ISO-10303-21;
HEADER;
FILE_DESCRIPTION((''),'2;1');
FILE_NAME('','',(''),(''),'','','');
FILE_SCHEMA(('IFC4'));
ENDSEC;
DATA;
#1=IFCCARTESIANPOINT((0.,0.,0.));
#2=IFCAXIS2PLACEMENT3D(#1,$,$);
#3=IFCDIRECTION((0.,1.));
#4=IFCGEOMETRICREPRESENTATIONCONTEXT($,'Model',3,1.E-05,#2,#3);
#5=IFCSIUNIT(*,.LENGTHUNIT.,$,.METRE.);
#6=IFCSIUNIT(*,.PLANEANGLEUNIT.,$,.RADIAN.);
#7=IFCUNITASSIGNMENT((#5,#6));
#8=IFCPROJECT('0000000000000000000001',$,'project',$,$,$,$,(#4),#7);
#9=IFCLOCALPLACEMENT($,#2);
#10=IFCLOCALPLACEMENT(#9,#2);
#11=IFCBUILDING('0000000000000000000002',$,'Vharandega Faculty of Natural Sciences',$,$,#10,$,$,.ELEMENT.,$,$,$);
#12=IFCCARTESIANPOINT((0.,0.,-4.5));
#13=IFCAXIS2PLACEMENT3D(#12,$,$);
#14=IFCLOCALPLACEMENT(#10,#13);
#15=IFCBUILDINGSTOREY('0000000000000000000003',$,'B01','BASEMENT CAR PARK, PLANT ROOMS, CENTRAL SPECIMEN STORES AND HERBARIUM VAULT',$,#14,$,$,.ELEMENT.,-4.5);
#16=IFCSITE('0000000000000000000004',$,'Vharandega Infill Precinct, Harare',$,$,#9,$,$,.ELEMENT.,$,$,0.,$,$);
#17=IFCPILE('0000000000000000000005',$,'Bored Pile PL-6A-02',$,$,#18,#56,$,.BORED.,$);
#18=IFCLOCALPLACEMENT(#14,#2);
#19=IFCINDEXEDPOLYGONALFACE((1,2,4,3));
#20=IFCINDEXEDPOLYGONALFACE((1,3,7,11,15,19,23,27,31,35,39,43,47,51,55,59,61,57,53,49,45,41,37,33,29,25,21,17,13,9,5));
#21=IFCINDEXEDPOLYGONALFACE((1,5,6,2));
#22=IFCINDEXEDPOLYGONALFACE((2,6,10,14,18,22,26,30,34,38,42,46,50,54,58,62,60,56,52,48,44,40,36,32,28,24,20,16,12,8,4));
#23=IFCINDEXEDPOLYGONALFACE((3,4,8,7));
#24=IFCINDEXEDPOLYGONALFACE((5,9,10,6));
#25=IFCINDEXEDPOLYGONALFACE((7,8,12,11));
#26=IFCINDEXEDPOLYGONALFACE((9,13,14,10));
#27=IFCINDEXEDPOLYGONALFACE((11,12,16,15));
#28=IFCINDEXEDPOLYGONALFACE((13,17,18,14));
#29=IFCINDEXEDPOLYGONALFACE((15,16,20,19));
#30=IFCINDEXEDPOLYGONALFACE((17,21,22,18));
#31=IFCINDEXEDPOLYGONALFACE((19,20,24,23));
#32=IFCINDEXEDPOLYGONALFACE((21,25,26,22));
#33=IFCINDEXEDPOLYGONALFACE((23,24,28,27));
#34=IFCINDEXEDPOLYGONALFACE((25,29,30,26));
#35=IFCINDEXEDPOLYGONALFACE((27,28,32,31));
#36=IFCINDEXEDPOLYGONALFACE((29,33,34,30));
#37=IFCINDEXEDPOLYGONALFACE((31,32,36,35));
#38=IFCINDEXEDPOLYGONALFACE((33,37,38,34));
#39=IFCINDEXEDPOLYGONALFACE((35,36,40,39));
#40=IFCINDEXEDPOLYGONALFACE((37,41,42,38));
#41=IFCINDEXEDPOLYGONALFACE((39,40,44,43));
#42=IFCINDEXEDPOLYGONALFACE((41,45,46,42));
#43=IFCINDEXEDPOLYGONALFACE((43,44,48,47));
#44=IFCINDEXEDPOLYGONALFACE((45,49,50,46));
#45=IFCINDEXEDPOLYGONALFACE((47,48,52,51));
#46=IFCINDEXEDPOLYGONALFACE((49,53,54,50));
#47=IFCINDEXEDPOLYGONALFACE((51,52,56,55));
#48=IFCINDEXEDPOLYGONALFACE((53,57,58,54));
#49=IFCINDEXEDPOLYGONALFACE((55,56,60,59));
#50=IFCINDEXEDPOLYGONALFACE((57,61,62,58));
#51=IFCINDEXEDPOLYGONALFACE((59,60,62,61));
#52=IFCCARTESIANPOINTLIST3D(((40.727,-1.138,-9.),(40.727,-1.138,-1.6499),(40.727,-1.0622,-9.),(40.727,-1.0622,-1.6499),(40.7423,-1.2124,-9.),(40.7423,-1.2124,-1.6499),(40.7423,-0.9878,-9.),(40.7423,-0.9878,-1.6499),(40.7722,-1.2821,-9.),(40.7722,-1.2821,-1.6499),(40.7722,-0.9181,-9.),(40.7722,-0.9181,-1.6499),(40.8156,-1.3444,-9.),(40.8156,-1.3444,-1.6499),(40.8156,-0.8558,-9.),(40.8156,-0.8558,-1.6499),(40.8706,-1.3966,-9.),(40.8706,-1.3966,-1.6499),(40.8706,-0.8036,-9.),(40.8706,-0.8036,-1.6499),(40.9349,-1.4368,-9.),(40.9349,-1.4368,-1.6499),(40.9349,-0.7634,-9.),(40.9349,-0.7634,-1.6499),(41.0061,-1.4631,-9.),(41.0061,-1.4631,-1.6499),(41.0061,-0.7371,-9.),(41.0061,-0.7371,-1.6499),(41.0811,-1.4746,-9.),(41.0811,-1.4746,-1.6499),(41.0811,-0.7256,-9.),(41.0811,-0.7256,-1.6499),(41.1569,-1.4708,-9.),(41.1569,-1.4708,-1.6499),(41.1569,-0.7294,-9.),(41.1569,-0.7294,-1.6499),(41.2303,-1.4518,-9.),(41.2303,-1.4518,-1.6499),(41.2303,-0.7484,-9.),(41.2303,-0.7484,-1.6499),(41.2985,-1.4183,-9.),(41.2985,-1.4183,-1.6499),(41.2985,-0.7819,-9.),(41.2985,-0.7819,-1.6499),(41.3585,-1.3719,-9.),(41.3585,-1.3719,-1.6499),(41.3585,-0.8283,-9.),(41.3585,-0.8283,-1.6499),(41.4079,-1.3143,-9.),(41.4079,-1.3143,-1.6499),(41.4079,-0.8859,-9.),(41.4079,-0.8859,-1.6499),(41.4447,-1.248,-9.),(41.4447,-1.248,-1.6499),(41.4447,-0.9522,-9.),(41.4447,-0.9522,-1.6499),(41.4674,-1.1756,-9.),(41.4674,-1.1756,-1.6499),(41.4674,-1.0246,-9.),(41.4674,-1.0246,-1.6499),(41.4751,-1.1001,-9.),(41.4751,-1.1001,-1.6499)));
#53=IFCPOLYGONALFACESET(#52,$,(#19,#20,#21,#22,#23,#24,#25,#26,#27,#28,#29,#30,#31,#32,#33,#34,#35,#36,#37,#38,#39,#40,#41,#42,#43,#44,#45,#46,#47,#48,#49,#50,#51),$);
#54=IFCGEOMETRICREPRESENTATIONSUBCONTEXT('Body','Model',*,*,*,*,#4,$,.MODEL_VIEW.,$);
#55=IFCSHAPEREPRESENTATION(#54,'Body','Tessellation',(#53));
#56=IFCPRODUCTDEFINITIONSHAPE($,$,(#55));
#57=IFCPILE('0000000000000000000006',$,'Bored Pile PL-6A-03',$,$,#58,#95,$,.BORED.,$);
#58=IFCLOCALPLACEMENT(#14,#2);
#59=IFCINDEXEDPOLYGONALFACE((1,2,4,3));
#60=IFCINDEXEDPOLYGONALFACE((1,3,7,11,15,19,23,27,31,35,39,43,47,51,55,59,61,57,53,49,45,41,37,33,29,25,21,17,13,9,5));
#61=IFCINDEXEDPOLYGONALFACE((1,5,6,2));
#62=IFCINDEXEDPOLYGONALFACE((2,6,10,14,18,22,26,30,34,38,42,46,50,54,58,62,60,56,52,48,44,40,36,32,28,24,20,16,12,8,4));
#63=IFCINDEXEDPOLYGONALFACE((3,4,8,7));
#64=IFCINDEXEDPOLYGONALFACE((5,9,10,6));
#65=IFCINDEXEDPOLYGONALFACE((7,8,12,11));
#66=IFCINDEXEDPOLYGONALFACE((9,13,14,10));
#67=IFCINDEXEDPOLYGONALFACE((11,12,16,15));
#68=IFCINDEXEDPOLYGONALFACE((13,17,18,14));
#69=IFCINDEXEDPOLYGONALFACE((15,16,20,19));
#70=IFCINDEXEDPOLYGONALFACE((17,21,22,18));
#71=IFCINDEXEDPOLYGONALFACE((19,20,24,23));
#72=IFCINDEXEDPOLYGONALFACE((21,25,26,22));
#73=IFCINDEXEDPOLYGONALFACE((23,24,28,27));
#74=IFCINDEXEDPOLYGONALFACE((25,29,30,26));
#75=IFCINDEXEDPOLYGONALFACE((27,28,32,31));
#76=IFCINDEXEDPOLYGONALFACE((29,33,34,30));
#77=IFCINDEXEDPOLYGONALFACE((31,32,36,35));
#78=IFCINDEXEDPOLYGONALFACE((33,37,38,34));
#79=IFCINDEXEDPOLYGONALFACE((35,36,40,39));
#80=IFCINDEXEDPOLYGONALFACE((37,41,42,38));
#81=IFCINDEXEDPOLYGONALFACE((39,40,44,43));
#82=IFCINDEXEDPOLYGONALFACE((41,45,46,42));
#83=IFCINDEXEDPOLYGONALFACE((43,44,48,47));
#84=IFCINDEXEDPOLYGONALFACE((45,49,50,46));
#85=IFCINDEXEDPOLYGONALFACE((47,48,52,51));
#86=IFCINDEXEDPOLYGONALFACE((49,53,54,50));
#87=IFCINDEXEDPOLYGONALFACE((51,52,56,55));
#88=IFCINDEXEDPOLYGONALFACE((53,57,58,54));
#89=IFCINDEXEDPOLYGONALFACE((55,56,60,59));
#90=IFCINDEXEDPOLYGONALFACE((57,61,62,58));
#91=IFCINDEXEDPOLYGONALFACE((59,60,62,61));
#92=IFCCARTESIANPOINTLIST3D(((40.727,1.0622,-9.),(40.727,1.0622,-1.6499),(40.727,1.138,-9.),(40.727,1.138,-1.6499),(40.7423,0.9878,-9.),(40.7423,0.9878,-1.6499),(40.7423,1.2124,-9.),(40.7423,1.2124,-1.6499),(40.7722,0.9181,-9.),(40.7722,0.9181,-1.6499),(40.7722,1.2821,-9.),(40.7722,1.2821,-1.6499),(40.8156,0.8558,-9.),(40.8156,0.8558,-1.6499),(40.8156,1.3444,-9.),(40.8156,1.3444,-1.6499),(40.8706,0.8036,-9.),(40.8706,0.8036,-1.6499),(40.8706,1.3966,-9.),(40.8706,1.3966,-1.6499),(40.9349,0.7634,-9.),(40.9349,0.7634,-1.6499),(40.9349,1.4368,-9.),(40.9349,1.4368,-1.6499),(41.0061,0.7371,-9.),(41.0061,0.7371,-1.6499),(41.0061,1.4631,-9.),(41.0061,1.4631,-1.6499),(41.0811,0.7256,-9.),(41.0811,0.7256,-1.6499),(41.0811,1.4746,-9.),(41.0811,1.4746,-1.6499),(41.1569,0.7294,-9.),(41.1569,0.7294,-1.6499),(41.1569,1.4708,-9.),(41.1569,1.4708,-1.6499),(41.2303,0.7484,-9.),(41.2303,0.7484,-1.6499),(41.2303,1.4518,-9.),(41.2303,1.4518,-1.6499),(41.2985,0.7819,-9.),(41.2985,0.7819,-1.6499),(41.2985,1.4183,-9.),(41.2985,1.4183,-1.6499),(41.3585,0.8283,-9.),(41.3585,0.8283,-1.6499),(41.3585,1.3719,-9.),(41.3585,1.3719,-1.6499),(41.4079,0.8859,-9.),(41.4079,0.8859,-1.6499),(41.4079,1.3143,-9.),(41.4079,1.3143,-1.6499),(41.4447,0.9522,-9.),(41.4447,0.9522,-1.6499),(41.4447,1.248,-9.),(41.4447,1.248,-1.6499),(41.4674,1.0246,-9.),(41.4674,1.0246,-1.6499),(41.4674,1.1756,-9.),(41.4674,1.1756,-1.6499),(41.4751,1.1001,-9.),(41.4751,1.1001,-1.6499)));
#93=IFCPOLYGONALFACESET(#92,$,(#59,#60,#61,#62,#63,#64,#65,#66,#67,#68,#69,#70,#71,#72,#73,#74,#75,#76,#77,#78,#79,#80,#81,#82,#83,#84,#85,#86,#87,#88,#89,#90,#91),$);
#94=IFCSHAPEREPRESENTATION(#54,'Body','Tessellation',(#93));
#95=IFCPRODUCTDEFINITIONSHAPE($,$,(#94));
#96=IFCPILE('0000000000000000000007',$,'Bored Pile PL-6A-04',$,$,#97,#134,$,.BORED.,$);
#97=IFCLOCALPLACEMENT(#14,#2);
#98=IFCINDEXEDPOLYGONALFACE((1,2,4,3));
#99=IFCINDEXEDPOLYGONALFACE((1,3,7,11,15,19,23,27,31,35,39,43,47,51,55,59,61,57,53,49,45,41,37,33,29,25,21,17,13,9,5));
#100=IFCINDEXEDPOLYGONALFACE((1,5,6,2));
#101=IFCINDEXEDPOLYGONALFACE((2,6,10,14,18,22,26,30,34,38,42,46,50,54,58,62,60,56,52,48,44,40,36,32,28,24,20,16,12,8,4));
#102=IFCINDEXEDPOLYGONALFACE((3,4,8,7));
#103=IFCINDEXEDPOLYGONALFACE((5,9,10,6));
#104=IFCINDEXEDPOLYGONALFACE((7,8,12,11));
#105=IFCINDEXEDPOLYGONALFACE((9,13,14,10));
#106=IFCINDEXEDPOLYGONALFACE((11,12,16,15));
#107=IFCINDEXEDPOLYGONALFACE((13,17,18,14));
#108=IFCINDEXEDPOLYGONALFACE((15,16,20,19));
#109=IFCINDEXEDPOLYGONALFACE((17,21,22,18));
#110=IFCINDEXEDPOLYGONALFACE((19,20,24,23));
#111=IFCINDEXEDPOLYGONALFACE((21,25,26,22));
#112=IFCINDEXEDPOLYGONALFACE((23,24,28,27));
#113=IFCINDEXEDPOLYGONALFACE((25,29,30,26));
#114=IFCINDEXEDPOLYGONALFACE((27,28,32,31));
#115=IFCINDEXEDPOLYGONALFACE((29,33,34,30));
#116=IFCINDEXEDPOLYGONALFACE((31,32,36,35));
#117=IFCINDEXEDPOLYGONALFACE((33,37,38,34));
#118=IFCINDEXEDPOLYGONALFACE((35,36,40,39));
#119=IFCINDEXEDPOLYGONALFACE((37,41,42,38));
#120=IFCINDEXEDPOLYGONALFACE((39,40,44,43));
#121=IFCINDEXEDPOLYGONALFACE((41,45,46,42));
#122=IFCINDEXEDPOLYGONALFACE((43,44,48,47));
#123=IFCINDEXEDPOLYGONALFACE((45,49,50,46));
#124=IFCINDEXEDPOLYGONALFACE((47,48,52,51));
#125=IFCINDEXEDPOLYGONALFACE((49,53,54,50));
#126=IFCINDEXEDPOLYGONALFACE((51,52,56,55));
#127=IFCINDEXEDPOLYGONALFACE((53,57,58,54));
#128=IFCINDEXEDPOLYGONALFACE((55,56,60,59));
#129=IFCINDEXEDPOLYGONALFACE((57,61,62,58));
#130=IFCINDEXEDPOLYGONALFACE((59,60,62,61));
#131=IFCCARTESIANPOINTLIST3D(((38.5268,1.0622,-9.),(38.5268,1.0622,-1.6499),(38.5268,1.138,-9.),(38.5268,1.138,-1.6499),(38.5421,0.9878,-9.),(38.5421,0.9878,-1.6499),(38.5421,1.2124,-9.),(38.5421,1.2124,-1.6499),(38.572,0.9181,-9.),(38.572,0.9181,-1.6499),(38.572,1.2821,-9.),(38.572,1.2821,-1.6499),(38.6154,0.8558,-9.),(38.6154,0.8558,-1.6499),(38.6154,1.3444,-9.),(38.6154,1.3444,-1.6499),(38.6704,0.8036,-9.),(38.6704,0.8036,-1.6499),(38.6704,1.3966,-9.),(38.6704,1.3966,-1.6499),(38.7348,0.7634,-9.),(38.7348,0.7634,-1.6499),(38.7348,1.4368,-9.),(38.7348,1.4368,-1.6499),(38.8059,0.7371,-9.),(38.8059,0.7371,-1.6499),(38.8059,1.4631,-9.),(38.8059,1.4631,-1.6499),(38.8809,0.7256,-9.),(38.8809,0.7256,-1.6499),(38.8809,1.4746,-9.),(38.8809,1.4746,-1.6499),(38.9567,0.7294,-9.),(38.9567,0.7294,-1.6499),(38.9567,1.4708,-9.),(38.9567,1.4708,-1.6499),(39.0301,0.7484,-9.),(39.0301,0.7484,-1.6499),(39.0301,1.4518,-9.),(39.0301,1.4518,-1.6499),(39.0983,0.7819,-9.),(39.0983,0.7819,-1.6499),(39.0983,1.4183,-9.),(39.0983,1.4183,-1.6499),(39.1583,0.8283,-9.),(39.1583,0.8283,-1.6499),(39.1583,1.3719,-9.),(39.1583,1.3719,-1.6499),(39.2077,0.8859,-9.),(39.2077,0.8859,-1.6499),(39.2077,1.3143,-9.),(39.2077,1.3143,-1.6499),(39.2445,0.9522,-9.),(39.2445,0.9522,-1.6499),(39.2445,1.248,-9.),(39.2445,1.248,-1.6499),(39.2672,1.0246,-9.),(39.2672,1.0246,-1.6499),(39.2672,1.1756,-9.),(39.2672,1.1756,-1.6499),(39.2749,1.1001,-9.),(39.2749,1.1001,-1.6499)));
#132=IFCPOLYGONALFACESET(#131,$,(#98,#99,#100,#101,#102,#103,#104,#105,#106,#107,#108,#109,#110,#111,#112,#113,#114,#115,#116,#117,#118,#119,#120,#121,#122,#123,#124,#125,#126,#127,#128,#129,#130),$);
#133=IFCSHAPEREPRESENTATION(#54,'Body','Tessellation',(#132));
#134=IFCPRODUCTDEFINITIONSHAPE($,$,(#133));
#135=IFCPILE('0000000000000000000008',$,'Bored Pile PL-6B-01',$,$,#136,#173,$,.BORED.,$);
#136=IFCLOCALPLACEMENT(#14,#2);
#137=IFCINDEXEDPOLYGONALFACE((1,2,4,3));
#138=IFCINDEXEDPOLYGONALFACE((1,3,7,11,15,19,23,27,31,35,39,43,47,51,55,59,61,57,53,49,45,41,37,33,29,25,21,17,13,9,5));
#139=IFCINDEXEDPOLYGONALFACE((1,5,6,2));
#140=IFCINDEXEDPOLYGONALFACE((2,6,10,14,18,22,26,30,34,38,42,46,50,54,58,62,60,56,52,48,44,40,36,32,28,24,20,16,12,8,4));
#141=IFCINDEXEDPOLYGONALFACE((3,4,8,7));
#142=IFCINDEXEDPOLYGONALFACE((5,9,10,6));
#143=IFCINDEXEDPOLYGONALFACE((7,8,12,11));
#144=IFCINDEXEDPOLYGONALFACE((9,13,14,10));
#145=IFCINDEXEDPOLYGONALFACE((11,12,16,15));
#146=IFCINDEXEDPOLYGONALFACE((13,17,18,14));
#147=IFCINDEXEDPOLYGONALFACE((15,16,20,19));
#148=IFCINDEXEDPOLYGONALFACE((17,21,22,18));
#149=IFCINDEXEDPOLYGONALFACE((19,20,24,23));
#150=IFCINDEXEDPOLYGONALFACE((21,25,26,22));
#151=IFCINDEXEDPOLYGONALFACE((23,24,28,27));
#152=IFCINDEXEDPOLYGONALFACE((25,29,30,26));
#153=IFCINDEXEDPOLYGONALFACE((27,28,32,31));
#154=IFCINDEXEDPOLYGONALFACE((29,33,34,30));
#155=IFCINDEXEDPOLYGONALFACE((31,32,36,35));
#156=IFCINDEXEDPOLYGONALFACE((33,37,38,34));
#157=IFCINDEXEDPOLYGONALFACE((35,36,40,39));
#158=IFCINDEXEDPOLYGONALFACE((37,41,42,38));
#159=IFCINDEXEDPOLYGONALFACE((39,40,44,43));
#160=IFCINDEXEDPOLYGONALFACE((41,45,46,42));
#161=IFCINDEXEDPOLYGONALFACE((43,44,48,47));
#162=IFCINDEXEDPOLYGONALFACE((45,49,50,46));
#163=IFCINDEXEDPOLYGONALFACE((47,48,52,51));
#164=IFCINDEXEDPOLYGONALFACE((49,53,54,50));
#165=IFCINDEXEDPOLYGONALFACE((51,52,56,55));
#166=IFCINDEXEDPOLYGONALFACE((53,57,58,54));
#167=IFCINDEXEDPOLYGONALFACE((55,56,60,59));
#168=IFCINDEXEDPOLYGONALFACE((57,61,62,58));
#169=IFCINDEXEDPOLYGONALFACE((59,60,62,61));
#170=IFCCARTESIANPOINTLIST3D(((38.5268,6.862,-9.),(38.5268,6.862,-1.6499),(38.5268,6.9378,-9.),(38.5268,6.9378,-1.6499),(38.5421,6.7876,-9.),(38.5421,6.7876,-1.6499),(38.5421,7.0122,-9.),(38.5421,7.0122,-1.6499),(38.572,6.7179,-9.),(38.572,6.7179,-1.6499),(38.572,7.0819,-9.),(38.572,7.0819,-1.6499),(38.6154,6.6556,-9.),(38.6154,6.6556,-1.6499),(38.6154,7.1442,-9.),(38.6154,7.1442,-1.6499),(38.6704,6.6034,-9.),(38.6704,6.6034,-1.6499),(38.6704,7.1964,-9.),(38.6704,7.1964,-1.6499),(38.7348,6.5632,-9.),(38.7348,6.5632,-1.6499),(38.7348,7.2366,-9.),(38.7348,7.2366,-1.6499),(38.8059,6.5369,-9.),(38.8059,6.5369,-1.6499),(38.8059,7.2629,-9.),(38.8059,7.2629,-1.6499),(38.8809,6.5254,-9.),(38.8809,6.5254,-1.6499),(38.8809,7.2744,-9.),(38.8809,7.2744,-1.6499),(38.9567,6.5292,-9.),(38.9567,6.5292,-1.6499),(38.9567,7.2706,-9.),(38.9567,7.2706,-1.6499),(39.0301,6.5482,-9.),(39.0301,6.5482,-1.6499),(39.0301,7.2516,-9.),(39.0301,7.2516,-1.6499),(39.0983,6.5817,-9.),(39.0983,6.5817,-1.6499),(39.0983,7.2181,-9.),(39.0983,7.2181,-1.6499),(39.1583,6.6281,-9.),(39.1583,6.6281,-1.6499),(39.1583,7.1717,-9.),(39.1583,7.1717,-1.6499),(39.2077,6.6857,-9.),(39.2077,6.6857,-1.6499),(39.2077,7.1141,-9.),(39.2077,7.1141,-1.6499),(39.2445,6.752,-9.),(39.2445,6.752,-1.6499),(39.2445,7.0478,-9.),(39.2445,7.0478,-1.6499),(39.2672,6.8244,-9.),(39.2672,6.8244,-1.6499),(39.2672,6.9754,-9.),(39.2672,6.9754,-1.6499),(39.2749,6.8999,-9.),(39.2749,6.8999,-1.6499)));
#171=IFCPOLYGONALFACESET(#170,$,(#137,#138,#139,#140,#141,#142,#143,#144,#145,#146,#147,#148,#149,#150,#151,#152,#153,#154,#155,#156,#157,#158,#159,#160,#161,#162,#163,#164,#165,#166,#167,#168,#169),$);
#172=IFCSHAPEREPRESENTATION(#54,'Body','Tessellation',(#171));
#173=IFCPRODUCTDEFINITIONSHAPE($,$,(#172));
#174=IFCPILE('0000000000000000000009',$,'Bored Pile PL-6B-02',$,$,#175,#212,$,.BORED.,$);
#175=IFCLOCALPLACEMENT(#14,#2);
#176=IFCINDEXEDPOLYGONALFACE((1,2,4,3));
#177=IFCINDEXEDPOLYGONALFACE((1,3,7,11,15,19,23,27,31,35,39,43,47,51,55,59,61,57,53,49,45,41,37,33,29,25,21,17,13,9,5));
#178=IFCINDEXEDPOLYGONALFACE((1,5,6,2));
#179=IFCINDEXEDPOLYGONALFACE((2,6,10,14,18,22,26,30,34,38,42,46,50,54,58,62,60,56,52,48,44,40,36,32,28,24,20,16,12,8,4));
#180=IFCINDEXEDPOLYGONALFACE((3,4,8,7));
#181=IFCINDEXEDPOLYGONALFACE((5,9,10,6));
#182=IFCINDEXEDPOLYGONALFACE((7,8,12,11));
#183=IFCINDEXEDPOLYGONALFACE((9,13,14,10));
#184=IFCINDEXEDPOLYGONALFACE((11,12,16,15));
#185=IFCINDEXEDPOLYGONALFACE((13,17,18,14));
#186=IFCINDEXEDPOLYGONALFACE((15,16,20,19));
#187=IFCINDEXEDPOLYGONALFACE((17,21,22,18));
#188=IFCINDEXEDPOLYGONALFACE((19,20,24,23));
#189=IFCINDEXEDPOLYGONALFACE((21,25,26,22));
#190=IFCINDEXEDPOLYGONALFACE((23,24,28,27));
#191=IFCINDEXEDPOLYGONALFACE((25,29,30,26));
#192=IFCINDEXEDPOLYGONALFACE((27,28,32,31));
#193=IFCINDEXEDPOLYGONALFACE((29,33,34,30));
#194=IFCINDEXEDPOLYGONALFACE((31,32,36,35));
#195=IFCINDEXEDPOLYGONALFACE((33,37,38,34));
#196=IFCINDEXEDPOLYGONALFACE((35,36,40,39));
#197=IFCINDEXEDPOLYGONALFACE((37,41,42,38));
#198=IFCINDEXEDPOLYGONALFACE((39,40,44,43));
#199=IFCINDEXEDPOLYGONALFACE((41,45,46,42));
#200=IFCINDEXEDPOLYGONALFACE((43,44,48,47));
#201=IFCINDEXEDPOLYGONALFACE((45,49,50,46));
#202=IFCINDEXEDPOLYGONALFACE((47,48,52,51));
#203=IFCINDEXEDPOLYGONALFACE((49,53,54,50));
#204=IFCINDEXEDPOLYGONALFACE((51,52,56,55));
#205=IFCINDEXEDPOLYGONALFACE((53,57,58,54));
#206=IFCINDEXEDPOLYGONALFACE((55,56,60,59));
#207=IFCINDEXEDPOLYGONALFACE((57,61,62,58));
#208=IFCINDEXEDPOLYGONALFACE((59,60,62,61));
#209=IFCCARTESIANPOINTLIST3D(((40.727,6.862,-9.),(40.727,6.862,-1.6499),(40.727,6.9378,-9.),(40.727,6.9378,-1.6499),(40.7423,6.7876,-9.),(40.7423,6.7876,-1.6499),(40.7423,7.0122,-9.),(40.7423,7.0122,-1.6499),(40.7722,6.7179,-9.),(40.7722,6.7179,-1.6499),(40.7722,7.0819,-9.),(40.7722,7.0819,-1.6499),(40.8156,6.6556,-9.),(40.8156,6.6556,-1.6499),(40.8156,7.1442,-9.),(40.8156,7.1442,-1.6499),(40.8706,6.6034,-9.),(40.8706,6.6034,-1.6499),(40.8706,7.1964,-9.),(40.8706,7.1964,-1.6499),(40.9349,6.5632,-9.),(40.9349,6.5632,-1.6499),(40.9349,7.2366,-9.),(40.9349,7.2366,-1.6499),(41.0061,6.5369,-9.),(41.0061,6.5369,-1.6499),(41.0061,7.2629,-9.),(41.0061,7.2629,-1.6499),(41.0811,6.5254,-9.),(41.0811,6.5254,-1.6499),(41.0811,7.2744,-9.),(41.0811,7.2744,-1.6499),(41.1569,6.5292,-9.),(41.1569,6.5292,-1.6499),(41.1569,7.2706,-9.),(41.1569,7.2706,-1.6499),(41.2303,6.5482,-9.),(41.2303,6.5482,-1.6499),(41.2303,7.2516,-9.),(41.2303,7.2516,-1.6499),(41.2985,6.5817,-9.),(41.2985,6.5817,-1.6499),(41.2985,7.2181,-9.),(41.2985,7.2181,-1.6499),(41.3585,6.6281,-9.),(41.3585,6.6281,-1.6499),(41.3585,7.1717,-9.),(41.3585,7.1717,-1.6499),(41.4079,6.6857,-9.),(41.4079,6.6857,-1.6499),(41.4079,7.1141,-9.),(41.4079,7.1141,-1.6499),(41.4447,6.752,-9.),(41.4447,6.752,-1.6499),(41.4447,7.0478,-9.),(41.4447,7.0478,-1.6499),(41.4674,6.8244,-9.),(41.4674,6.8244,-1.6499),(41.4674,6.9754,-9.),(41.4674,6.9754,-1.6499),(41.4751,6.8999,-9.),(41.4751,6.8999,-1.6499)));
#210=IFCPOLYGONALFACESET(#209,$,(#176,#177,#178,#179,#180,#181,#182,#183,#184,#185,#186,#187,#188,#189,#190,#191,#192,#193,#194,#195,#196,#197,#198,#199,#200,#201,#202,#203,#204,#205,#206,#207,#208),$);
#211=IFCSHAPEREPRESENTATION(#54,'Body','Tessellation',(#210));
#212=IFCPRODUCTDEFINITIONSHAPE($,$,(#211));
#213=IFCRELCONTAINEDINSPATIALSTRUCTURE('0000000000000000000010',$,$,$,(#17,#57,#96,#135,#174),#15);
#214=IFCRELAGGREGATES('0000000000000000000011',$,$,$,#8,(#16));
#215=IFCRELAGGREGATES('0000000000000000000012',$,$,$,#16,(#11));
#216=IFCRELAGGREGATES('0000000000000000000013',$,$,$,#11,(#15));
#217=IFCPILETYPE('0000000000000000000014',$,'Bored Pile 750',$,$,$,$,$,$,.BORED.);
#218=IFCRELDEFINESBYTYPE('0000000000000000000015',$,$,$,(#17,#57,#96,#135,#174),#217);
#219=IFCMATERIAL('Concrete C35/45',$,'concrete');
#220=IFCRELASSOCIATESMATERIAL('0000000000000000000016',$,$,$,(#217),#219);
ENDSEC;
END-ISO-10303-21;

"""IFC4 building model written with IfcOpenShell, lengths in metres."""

from ifc_helpers import new_model, si_unit, direction, frame, origin, origin_2d, place, context, subcontext, project, spatial, circle, extrude, material, material_profile, profile_set, type_object, element, save


model = new_model("IFC4")

# Units and contexts
model_context = context("Model", 3, precision=1e-05, world=origin(), true_north=direction((0.0, 1.0)))
body_context = subcontext(model_context, "Body", "Model", "MODEL_VIEW")
ifc_project = project(units=[si_unit("LENGTHUNIT", "METRE"), si_unit("PLANEANGLEUNIT", "RADIAN")], contexts=[model_context])

# Site, building, storey
site_placement = place(None, origin())
site = spatial("IfcSite", under=ifc_project, at=site_placement, Name="Vharandega Infill Precinct, Harare", CompositionType="ELEMENT", RefElevation=0.0)
building_placement = place(site_placement, origin())
building = spatial("IfcBuilding", under=site, at=building_placement, Name="Vharandega Faculty of Natural Sciences", CompositionType="ELEMENT")
storey_placement = place(building_placement, frame((0.0, 0.0, -4.5)))
storey = spatial("IfcBuildingStorey", under=building, at=storey_placement, Name="B01", Description="BASEMENT CAR PARK, PLANT ROOMS, CENTRAL SPECIMEN STORES AND HERBARIUM VAULT", CompositionType="ELEMENT", Elevation=-4.5)

# Piles
ifc_material_1 = material(Name="Concrete C35/45", Category="concrete")
ifc_material_profile_1 = material_profile(ifc_material_1, circle(Radius=0.375, at=origin_2d()), Name="PILE 750")
ifc_profile_set_1 = profile_set([ifc_material_profile_1], Name="Concrete C35/45")
pile_type = type_object("IfcPileType", Name="Bored Pile 750", PredefinedType="BORED", material=ifc_profile_set_1)
for number, where, z_axis, x_axis, name in (
    (1, (41.1001, -1.1001, -1.6499), (0.0, 0.0, -1.0), (1.0, 0.0, 0.0), "Bored Pile PL-6A-02"),
    (2, (41.1001, 1.1001, -1.6499), (0.0, 0.0, -1.0), (1.0, 0.0, 0.0), "Bored Pile PL-6A-03"),
    (3, (38.8999, 1.1001, -1.6499), (0.0, 0.0, -1.0), (1.0, 0.0, 0.0), "Bored Pile PL-6A-04"),
    (4, (38.8999, 6.8999, -1.6499), (0.0, 0.0, -1.0), (1.0, 0.0, 0.0), "Bored Pile PL-6B-01"),
    (5, (41.1001, 6.8999, -1.6499), (0.0, 0.0, -1.0), (1.0, 0.0, 0.0), "Bored Pile PL-6B-02"),
):
    element("IfcPile", number, at=place(storey_placement, frame(where, z_axis=z_axis, x_axis=x_axis)), inside=storey, type_object=pile_type, Name=name, PredefinedType="BORED", context=body_context, shape_type="SweptSolid", body=[
        extrude(circle(Radius=0.375, at=origin_2d()), origin(), (0.0, 0.0, 1.0), 7.3501),
    ])

save(model, "model.ifc")
